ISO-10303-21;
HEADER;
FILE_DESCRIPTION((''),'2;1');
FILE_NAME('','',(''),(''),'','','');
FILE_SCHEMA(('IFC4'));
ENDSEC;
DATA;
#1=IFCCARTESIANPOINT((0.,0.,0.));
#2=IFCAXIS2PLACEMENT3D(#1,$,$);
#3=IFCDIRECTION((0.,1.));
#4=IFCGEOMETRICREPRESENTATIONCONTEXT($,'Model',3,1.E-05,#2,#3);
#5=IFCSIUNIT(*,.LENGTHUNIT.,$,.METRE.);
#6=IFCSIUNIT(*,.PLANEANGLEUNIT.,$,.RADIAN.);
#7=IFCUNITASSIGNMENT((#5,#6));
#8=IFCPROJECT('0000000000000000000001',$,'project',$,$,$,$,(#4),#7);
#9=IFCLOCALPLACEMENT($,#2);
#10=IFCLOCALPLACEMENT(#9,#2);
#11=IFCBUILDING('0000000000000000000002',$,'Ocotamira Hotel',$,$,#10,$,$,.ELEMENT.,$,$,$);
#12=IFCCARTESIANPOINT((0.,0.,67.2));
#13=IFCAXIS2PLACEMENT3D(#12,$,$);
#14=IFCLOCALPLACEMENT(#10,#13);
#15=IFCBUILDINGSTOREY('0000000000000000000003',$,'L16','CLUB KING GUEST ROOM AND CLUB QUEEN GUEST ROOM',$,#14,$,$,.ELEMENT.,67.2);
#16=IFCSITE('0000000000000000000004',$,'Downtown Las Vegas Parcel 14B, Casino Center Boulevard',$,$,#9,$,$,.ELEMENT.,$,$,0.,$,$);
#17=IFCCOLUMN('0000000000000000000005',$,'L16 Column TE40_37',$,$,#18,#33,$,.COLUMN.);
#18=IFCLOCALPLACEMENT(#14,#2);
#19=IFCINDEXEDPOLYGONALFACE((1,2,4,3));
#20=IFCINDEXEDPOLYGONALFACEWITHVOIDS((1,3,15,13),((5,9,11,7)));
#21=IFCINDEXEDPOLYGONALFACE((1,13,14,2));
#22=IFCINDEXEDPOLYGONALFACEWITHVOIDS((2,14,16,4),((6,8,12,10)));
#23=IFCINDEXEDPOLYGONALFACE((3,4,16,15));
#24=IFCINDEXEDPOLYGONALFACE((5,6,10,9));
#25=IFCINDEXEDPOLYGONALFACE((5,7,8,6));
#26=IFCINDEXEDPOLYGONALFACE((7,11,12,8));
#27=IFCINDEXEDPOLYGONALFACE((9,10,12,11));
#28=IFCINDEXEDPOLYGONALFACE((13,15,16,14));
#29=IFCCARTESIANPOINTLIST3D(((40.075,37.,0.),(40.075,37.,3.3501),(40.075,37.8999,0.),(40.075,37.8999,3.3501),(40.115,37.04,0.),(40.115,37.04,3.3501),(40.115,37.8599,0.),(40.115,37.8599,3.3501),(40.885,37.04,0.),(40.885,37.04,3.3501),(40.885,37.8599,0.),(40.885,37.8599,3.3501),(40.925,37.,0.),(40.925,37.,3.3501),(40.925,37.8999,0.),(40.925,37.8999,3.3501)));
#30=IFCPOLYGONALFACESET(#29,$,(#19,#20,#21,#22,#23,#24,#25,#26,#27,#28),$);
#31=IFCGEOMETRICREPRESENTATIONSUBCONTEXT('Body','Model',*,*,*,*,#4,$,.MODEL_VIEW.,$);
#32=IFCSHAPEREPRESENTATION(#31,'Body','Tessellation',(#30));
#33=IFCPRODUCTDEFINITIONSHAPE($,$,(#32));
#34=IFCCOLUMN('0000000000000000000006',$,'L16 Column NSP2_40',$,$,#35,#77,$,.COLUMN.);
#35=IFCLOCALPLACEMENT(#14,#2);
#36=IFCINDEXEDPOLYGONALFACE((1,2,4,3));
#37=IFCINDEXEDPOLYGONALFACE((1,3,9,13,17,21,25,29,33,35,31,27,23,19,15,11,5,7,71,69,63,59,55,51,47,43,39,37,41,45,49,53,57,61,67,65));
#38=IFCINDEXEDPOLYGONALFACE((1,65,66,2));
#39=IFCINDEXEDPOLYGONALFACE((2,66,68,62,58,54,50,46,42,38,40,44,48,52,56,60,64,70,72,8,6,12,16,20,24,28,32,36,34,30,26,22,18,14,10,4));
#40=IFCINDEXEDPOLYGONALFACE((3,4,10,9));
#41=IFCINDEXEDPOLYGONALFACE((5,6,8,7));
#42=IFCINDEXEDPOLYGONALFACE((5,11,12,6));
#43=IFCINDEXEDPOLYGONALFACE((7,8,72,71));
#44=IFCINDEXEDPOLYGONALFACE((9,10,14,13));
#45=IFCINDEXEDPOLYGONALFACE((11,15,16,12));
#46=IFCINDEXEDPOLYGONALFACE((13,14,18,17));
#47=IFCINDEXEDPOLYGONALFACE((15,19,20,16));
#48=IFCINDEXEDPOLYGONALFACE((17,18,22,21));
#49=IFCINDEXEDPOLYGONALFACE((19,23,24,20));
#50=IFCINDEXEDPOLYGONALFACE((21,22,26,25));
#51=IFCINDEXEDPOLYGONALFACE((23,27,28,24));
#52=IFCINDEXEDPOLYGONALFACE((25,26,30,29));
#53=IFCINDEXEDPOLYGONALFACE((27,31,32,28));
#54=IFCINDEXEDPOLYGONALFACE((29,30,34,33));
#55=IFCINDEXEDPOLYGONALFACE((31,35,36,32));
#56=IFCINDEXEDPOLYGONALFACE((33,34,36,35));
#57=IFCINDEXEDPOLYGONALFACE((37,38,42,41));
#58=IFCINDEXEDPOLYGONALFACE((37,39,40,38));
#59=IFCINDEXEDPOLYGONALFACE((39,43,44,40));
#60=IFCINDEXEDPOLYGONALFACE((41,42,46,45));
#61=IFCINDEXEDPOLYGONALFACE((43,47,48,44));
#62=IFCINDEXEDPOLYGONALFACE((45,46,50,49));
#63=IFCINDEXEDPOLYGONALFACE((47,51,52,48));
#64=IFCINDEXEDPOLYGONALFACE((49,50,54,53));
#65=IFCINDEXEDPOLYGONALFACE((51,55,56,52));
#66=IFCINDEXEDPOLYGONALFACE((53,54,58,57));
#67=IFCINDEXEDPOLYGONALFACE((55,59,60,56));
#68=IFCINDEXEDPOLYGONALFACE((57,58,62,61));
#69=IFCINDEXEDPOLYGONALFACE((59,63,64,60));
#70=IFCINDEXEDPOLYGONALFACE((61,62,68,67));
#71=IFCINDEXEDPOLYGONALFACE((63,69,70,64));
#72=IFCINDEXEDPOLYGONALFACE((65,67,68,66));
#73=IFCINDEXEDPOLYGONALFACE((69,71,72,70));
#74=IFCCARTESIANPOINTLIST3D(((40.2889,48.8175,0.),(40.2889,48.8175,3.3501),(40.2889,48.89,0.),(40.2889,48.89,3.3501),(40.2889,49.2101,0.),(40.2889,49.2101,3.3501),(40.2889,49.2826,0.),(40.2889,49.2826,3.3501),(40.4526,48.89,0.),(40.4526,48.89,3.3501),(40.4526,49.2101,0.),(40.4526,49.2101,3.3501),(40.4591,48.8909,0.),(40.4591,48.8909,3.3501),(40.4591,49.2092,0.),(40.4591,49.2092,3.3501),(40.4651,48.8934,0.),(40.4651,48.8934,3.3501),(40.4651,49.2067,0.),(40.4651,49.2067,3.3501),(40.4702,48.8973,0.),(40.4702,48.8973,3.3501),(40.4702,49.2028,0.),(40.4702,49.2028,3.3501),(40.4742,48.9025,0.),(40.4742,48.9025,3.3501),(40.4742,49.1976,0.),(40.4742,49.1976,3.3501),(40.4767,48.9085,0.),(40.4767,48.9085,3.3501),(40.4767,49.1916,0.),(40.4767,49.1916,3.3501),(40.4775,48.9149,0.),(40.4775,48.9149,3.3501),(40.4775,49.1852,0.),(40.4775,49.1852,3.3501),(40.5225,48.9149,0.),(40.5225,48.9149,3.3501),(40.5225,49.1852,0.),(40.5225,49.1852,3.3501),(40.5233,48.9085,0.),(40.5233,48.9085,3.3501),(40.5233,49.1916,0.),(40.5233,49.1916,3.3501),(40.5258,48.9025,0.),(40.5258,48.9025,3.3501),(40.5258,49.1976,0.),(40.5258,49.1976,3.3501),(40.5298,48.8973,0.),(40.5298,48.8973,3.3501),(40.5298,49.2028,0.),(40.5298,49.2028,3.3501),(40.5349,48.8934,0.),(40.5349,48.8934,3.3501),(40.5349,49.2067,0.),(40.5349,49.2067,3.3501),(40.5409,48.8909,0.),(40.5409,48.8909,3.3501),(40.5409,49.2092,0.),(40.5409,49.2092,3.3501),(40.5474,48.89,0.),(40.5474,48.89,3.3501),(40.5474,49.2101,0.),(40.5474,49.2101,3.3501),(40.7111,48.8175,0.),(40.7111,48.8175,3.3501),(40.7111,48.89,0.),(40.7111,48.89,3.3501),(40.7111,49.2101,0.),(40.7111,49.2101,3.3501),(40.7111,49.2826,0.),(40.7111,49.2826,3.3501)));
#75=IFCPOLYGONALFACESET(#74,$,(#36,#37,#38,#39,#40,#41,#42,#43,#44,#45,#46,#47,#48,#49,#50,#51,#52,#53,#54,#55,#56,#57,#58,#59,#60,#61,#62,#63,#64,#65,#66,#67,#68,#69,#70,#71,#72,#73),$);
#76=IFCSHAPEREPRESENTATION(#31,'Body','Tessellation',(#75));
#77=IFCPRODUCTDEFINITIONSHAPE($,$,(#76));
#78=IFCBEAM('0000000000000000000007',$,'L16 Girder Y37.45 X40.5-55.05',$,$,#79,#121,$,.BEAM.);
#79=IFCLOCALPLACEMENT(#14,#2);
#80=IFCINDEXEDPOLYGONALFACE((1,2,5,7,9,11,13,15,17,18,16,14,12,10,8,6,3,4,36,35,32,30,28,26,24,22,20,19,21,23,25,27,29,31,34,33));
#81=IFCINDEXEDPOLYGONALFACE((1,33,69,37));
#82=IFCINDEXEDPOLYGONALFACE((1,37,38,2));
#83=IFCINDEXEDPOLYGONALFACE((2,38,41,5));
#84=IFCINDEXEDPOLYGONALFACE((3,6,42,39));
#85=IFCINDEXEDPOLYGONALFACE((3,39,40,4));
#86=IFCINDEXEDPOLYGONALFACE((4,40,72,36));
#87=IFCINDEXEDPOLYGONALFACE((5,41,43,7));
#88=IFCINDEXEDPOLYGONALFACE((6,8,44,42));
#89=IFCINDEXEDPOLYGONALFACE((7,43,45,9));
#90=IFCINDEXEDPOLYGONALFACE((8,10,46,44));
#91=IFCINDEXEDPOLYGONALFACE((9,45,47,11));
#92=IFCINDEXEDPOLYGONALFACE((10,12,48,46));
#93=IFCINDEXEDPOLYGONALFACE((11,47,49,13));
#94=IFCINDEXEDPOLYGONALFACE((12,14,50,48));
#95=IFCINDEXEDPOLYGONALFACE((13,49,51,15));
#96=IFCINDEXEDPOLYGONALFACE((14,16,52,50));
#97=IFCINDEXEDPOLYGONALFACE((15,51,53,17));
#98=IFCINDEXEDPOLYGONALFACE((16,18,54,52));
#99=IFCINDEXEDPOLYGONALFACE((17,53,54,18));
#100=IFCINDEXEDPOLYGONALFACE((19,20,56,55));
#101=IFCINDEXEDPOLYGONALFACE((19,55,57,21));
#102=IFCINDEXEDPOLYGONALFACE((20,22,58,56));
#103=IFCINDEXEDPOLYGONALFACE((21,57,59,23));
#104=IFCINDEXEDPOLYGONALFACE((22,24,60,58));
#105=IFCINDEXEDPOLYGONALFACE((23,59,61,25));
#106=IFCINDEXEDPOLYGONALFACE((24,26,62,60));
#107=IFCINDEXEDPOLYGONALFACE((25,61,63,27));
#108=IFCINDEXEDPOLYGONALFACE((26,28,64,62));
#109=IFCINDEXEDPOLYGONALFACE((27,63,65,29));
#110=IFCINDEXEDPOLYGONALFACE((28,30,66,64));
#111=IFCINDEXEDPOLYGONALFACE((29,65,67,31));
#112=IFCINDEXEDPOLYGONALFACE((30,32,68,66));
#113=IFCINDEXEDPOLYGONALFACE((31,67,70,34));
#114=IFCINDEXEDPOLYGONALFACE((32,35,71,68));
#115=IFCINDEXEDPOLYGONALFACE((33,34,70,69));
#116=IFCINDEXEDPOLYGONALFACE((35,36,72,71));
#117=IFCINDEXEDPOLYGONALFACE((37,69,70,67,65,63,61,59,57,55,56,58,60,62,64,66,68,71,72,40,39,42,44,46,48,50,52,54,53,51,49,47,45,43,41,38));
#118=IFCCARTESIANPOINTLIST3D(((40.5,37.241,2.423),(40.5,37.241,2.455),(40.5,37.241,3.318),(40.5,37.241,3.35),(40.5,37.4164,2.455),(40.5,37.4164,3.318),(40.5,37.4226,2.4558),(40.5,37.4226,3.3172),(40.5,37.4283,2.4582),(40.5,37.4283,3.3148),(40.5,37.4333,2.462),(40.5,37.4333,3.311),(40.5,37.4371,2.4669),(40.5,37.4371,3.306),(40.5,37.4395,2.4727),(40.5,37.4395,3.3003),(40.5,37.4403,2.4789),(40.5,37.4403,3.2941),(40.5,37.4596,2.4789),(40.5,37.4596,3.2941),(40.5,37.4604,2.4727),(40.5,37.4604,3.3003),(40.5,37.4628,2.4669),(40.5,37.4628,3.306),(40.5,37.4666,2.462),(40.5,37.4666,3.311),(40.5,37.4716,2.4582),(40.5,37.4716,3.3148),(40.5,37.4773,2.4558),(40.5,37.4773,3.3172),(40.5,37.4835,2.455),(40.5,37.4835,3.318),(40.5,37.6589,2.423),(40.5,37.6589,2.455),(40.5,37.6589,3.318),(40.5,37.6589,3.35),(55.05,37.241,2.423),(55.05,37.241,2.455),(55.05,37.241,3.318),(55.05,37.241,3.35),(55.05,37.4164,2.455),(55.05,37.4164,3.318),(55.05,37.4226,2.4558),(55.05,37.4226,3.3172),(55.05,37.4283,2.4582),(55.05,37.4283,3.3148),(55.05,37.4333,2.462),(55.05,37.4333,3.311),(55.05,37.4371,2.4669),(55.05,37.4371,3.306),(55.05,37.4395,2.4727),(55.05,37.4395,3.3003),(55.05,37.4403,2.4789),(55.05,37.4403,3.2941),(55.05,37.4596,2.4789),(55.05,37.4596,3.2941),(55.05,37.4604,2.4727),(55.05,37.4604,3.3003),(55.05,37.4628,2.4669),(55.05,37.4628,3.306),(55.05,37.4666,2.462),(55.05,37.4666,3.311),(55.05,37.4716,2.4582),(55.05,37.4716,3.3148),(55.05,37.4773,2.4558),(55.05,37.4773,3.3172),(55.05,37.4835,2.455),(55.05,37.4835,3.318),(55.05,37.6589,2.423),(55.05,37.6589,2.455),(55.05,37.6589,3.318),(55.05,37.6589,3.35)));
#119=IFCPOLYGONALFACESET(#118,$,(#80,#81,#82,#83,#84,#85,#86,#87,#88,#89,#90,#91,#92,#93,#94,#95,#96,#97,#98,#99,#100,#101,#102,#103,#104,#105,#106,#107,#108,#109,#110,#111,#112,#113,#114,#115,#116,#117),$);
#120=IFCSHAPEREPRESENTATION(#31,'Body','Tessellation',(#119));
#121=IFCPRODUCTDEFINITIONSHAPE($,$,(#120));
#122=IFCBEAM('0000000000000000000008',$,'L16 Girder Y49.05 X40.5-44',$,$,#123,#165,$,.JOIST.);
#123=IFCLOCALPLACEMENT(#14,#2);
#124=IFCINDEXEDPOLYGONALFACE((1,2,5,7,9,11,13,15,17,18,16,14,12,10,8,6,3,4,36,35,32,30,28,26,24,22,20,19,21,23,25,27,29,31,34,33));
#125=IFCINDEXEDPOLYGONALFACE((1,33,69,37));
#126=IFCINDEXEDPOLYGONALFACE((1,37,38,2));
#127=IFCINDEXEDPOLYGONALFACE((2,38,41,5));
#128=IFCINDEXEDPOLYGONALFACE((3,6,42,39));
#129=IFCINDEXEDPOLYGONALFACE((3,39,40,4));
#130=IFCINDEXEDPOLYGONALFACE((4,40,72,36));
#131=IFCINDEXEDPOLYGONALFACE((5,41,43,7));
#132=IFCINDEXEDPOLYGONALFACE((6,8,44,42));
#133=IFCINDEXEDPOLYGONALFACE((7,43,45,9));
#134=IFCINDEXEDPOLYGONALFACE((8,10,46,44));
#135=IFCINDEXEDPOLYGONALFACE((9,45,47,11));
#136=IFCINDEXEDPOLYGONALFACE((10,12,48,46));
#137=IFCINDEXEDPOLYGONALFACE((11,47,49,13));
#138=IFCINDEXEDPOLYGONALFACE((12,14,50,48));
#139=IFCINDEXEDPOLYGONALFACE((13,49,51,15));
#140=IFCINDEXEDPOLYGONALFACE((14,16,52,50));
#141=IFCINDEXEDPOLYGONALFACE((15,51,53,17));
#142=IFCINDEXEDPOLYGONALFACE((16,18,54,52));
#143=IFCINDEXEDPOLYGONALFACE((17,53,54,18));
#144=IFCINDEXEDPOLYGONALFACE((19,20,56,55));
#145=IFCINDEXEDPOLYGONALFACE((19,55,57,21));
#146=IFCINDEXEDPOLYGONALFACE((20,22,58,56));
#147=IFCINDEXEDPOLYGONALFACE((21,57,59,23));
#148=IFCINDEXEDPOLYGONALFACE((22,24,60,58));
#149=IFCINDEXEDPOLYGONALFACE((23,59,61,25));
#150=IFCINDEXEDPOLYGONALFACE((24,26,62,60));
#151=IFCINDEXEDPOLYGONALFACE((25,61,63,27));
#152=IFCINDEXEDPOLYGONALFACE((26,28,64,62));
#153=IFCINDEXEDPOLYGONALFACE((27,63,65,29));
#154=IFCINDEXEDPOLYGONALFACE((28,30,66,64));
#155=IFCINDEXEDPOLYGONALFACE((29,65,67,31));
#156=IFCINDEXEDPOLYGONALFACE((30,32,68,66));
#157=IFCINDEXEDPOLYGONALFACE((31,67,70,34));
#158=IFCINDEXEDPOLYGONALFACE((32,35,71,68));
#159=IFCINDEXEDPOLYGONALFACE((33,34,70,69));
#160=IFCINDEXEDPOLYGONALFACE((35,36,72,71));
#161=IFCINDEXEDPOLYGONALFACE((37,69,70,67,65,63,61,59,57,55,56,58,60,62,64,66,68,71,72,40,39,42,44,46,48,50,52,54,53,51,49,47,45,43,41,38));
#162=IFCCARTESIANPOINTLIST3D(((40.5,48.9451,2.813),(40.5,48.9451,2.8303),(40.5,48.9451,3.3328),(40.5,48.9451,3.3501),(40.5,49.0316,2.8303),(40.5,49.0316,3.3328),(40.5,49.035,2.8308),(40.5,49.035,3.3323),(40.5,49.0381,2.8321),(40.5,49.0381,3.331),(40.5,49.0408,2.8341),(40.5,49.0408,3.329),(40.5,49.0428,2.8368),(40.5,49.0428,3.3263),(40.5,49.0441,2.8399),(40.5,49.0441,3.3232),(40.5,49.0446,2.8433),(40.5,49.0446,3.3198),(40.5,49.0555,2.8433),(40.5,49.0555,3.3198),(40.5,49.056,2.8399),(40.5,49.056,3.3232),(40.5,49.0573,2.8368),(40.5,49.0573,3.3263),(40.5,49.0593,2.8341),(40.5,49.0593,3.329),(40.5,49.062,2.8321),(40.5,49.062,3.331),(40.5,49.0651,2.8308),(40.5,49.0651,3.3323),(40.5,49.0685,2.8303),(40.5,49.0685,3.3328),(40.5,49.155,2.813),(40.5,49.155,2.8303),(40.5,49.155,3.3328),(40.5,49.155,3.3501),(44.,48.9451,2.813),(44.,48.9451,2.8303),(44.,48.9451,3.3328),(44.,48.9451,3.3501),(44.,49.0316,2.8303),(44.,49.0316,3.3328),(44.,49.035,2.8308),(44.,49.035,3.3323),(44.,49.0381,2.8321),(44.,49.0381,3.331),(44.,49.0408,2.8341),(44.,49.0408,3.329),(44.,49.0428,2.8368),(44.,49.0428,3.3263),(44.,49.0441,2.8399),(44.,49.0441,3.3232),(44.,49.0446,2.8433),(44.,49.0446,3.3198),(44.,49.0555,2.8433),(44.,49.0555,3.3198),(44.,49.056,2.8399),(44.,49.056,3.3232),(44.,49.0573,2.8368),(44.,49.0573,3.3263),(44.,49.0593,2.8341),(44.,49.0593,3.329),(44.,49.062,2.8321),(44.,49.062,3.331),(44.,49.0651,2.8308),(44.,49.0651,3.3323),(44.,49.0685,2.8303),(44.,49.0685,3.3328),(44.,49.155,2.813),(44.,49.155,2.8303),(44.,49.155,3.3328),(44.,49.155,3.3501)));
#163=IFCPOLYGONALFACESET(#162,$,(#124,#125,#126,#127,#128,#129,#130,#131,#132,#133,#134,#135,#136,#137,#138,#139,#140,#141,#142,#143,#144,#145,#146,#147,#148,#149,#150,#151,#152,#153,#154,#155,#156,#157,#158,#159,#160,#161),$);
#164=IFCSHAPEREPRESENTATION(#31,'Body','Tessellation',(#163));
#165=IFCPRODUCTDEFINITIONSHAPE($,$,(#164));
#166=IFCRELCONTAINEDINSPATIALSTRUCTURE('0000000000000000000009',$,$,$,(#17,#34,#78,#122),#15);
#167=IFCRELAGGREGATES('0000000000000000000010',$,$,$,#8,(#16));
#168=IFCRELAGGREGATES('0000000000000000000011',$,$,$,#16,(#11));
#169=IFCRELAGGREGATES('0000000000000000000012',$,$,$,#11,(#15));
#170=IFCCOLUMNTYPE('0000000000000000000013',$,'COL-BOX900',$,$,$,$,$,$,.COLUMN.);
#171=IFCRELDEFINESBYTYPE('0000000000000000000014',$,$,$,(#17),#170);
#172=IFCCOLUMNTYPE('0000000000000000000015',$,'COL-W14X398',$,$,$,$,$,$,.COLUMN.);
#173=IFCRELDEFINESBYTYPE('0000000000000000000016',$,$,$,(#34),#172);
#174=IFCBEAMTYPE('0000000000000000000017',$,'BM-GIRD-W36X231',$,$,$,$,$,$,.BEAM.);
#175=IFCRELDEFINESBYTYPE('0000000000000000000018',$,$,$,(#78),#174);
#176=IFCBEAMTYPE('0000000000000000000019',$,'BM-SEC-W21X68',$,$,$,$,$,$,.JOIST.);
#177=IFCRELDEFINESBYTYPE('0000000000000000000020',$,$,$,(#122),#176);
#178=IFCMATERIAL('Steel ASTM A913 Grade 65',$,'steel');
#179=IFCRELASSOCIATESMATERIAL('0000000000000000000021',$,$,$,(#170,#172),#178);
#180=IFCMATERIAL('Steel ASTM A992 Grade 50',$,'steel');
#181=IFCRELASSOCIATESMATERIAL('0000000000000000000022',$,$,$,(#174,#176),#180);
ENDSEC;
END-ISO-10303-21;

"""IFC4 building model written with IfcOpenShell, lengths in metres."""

from ifc_helpers import new_model, si_unit, direction, frame, origin, origin_2d, place, context, subcontext, project, spatial, hollow_rectangle, i_section, extrude, source, transform, mapped, material, material_profile, profile_set, type_object, element, save


model = new_model("IFC4")

# Units and contexts
model_context = context("Model", 3, precision=1e-05, world=origin(), true_north=direction((0.0, 1.0)))
body_context = subcontext(model_context, "Body", "Model", "MODEL_VIEW")
ifc_project = project(units=[si_unit("LENGTHUNIT", "METRE"), si_unit("PLANEANGLEUNIT", "RADIAN")], contexts=[model_context])

# Site, building, storey
site_placement = place(None, origin())
site = spatial("IfcSite", under=ifc_project, at=site_placement, Name="Downtown Las Vegas Parcel 14B, Casino Center Boulevard", CompositionType="ELEMENT", RefElevation=0.0)
building_placement = place(site_placement, origin())
building = spatial("IfcBuilding", under=site, at=building_placement, Name="Ocotamira Hotel", CompositionType="ELEMENT")
storey_placement = place(building_placement, frame((0.0, 0.0, 67.2)))
storey = spatial("IfcBuildingStorey", under=building, at=storey_placement, Name="L16", Description="CLUB KING GUEST ROOM AND CLUB QUEEN GUEST ROOM", CompositionType="ELEMENT", Elevation=67.2)

# Columns
ifc_material_1 = material(Name="Steel ASTM A913 Grade 65", Category="steel")
ifc_material_profile_1 = material_profile(ifc_material_1, hollow_rectangle(XDim=0.8501, YDim=0.8999, WallThickness=0.04, at=origin_2d()), Name="BOX900X850X40")
ifc_profile_set_1 = profile_set([ifc_material_profile_1], Name="Steel ASTM A913 Grade 65")
column_type_1 = type_object("IfcColumnType", Name="COL-BOX900", PredefinedType="COLUMN", material=ifc_profile_set_1)
shared_shape_1 = source(origin(), body_context, "Body", "SweptSolid", [
    extrude(hollow_rectangle(XDim=0.8501, YDim=0.8999, WallThickness=0.04, at=origin_2d()), origin(), (0.0, 0.0, 1.0), 3.3501),
])
column_1_placement = place(storey_placement, frame((40.5, 37.45, 0.0), z_axis=(0.0, 0.0, 1.0), x_axis=(1.0, 0.0, 0.0)))
element("IfcColumn", 1, at=column_1_placement, inside=storey, type_object=column_type_1, Name="L16 Column TE40_37", PredefinedType="COLUMN", context=body_context, shape_type="MappedRepresentation", body=[
    mapped(shared_shape_1, transform((0.0, 0.0, 0.0), scale=1.0)),
])
ifc_material_profile_2 = material_profile(ifc_material_1, i_section(OverallWidth=0.4221, OverallDepth=0.4651, WebThickness=0.0449, FlangeThickness=0.0725, FilletRadius=0.0249, at=origin_2d()), Name="W14X398")
ifc_profile_set_2 = profile_set([ifc_material_profile_2], Name="Steel ASTM A913 Grade 65")
column_type_2 = type_object("IfcColumnType", Name="COL-W14X398", PredefinedType="COLUMN", material=ifc_profile_set_2)
shared_shape_2 = source(origin(), body_context, "Body", "SweptSolid", [
    extrude(i_section(OverallWidth=0.4221, OverallDepth=0.4651, WebThickness=0.0449, FlangeThickness=0.0725, FilletRadius=0.0249, at=origin_2d()), origin(), (0.0, 0.0, 1.0), 3.3501),
])
column_2_placement = place(storey_placement, frame((40.5, 49.05, 0.0), z_axis=(0.0, 0.0, 1.0), x_axis=(1.0, 0.0, 0.0)))
element("IfcColumn", 2, at=column_2_placement, inside=storey, type_object=column_type_2, Name="L16 Column NSP2_40", PredefinedType="COLUMN", context=body_context, shape_type="MappedRepresentation", body=[
    mapped(shared_shape_2, transform((0.0, 0.0, 0.0), scale=1.0)),
])

# Beams
ifc_material_2 = material(Name="Steel ASTM A992 Grade 50", Category="steel")
ifc_material_profile_3 = material_profile(ifc_material_2, i_section(OverallWidth=0.418, OverallDepth=0.927, WebThickness=0.0193, FlangeThickness=0.032, FilletRadius=0.0239, at=origin_2d()), Name="W36X231")
ifc_profile_set_3 = profile_set([ifc_material_profile_3], Name="Steel ASTM A992 Grade 50")
beam_type_1 = type_object("IfcBeamType", Name="BM-GIRD-W36X231", PredefinedType="BEAM", material=ifc_profile_set_3)
shared_shape_3 = source(origin(), body_context, "Body", "SweptSolid", [
    extrude(i_section(OverallWidth=0.418, OverallDepth=0.927, WebThickness=0.0193, FlangeThickness=0.032, FilletRadius=0.0239, at=origin_2d()), origin(), (0.0, 0.0, 1.0), 14.55),
])
beam_1_placement = place(storey_placement, frame((40.5, 37.45, 2.8865), z_axis=(1.0, 0.0, 0.0), x_axis=(0.0, 1.0, 0.0)))
element("IfcBeam", 3, at=beam_1_placement, inside=storey, type_object=beam_type_1, Name="L16 Girder Y37.45 X40.5-55.05", PredefinedType="BEAM", context=body_context, shape_type="MappedRepresentation", body=[
    mapped(shared_shape_3, transform((0.0, 0.0, 0.0), scale=1.0)),
])
ifc_material_profile_4 = material_profile(ifc_material_2, i_section(OverallWidth=0.21, OverallDepth=0.5371, WebThickness=0.011, FlangeThickness=0.0173, FilletRadius=0.0129, at=origin_2d()), Name="W21X68")
ifc_profile_set_4 = profile_set([ifc_material_profile_4], Name="Steel ASTM A992 Grade 50")
beam_type_2 = type_object("IfcBeamType", Name="BM-SEC-W21X68", PredefinedType="JOIST", material=ifc_profile_set_4)
shared_shape_4 = source(origin(), body_context, "Body", "SweptSolid", [
    extrude(i_section(OverallWidth=0.21, OverallDepth=0.5371, WebThickness=0.011, FlangeThickness=0.0173, FilletRadius=0.0129, at=origin_2d()), origin(), (0.0, 0.0, 1.0), 3.5),
])
beam_2_placement = place(storey_placement, frame((40.5, 49.05, 3.0815), z_axis=(1.0, 0.0, 0.0), x_axis=(0.0, 1.0, 0.0)))
element("IfcBeam", 4, at=beam_2_placement, inside=storey, type_object=beam_type_2, Name="L16 Girder Y49.05 X40.5-44", PredefinedType="JOIST", context=body_context, shape_type="MappedRepresentation", body=[
    mapped(shared_shape_4, transform((0.0, 0.0, 0.0), scale=1.0)),
])

save(model, "model.ifc")
